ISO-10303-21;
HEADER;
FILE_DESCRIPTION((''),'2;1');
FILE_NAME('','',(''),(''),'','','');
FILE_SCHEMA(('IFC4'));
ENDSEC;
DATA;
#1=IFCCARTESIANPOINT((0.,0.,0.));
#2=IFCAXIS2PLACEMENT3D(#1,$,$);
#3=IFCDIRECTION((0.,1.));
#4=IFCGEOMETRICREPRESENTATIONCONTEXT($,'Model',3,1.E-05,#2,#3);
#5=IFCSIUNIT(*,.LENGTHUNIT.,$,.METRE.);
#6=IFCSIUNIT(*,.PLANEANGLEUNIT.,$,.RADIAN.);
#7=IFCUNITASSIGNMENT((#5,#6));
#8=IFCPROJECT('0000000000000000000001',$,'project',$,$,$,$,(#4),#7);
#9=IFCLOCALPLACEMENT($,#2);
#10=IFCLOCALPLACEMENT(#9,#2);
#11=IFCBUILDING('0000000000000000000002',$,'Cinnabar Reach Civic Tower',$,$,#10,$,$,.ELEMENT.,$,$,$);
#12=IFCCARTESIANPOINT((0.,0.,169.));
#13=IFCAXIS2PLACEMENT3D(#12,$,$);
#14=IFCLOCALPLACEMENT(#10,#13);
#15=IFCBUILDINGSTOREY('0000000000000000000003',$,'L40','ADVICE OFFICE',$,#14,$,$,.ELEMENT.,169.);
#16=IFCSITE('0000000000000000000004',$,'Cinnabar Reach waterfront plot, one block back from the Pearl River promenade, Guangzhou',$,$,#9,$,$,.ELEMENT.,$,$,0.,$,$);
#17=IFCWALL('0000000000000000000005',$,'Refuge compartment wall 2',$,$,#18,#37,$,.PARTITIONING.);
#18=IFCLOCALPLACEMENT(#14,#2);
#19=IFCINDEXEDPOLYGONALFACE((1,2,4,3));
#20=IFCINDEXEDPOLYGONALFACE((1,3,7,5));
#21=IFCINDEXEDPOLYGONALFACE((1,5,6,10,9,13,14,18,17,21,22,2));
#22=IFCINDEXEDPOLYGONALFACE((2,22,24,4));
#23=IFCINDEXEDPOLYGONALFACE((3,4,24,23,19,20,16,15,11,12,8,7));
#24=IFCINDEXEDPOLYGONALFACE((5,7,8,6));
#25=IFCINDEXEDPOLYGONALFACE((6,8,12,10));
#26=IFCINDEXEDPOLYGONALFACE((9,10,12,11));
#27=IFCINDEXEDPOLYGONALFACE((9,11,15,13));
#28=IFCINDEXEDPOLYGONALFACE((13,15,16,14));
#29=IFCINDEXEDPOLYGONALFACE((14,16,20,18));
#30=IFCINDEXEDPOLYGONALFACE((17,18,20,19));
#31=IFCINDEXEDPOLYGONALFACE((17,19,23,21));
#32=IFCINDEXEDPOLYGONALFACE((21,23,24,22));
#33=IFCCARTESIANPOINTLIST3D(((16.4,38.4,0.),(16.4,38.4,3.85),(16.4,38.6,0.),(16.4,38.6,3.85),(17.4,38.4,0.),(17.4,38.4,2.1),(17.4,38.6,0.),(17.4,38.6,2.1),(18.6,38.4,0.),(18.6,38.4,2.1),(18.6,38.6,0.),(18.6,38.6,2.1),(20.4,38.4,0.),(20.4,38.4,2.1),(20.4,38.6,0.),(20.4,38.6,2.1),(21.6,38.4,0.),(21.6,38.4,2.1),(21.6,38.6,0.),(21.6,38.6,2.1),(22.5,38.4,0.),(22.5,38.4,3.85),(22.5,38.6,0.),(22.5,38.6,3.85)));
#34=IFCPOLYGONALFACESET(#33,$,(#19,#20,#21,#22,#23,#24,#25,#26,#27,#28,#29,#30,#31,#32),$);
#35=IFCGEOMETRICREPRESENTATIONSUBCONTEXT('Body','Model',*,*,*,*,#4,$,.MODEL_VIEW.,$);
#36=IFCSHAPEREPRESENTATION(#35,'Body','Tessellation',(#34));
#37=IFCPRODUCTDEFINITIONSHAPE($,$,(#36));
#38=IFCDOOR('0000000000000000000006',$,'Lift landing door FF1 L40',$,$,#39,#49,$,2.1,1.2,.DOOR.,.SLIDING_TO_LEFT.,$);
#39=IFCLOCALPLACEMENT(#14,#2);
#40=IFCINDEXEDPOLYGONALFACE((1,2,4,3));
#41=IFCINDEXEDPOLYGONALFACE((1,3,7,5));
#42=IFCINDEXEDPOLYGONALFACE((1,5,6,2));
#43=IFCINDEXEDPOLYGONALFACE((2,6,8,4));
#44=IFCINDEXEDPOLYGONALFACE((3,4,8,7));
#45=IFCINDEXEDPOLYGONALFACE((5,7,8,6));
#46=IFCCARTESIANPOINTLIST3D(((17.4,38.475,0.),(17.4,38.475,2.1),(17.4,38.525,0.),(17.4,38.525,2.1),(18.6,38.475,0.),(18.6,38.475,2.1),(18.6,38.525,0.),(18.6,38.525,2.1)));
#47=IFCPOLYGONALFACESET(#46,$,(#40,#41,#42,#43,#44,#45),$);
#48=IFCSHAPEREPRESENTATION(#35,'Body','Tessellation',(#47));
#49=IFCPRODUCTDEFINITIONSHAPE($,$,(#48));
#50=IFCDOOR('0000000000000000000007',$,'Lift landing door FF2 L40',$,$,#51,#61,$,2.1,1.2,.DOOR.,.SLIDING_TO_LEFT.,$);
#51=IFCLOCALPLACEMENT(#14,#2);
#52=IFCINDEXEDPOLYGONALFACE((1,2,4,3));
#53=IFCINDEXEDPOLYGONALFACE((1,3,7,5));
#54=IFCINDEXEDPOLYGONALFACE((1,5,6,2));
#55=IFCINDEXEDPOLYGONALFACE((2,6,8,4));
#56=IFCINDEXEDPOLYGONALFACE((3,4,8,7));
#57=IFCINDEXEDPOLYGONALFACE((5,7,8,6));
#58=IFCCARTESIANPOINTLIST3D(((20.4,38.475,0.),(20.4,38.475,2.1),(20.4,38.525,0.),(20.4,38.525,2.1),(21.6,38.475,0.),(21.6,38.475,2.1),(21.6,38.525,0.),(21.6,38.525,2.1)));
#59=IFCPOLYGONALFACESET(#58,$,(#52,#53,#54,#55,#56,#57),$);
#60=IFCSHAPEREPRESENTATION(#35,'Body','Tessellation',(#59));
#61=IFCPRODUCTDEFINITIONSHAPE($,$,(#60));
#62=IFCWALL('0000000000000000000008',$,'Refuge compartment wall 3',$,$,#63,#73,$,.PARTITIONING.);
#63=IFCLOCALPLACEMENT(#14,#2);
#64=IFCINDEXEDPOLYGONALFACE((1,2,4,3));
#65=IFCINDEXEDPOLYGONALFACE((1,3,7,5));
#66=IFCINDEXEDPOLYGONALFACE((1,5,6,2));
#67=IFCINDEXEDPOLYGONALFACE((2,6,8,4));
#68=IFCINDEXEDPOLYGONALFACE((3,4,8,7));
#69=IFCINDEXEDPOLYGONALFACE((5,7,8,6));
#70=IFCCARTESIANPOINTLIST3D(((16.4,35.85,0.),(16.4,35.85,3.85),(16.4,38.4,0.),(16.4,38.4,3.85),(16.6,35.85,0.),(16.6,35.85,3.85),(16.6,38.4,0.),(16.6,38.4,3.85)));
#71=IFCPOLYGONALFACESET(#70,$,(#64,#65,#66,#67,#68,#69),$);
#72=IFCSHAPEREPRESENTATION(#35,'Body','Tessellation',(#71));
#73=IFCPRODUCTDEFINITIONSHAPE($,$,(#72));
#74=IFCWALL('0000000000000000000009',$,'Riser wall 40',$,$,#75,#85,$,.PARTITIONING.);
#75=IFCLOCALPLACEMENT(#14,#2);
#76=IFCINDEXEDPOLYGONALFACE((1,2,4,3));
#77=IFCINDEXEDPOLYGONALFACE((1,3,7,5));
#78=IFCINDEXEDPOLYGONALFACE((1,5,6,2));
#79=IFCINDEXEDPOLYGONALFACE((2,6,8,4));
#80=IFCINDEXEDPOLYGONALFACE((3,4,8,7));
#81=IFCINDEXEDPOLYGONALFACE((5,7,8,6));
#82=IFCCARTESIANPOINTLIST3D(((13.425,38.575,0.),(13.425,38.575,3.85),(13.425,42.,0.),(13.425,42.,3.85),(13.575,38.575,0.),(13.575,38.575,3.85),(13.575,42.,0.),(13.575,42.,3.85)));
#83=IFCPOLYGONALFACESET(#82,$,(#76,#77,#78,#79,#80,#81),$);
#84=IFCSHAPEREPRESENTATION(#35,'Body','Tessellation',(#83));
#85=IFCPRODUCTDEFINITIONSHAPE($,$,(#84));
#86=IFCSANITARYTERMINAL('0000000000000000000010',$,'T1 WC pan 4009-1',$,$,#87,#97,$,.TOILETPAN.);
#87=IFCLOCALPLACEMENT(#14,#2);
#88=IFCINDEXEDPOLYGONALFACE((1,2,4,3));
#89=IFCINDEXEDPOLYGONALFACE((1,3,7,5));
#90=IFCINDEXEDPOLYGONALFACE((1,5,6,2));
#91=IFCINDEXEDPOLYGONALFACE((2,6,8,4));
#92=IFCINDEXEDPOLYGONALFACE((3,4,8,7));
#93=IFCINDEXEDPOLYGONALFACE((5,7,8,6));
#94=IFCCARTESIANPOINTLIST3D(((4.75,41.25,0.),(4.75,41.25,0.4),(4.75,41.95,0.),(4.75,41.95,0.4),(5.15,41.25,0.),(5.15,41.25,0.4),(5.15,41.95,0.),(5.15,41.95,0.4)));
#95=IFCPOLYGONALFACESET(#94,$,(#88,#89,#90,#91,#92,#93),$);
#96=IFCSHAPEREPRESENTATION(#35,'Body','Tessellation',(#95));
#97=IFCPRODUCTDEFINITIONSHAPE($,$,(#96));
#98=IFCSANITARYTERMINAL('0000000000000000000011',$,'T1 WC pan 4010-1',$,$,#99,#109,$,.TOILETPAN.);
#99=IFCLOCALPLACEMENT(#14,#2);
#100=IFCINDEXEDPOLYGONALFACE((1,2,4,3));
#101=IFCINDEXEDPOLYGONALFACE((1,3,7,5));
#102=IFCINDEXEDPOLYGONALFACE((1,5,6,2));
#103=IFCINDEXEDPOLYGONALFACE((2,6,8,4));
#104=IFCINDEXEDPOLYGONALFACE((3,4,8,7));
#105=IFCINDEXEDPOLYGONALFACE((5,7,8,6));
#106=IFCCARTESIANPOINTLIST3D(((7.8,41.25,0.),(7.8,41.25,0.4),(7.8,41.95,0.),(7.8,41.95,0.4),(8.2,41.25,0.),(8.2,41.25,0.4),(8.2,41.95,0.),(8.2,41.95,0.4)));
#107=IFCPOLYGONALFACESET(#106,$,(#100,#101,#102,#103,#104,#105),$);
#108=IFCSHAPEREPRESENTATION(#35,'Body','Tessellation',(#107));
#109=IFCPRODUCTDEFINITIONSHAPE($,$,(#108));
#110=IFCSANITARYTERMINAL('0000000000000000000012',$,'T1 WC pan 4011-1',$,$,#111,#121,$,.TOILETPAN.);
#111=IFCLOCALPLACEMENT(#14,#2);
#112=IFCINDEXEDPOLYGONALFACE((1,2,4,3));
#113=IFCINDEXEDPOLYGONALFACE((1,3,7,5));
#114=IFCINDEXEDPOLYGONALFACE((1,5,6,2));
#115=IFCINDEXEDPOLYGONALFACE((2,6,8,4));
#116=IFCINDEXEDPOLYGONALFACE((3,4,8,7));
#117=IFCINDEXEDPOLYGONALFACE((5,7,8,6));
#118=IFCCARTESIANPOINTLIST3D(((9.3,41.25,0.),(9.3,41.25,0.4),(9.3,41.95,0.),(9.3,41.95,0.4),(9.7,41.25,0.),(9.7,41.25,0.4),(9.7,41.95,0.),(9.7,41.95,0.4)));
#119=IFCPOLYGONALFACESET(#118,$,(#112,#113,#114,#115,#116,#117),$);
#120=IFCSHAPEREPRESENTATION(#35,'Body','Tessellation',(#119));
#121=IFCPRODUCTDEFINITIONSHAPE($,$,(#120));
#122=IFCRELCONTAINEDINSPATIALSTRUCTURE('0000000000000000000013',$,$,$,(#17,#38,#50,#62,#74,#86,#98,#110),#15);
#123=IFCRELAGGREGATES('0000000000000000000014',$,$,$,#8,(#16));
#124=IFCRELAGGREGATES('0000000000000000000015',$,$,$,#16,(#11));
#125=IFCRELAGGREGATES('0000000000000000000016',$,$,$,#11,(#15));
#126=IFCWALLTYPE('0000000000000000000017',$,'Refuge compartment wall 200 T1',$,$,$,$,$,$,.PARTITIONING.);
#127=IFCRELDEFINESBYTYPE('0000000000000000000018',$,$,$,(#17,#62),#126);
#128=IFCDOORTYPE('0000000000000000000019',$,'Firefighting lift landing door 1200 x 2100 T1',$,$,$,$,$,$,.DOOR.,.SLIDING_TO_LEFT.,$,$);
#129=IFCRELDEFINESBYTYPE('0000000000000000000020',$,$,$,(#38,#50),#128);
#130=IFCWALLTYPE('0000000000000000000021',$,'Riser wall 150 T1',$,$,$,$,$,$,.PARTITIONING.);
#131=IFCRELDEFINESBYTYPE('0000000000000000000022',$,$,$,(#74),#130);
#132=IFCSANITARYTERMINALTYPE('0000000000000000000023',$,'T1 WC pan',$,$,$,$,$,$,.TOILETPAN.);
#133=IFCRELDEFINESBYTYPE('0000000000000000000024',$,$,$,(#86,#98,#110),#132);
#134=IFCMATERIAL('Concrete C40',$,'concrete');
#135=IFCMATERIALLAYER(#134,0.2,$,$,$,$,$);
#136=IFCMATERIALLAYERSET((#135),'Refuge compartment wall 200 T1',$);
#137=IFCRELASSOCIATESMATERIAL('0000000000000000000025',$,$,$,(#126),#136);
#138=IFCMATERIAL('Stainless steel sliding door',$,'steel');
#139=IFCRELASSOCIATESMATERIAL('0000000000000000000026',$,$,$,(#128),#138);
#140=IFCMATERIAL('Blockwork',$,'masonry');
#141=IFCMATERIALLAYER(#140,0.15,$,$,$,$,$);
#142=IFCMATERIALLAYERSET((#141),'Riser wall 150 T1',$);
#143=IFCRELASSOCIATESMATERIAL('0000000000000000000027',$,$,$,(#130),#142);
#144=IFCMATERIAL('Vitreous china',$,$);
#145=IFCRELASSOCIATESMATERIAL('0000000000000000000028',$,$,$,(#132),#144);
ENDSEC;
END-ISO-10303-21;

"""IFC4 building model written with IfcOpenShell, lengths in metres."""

from ifc_helpers import new_model, si_unit, direction, frame, frame_2d, origin, origin_2d, place, context, subcontext, project, spatial, rectangle, extrude, material, layer, layer_set, type_object, element, fill, save


model = new_model("IFC4")

# Units and contexts
model_context = context("Model", 3, precision=1e-05, world=origin(), true_north=direction((0.0, 1.0)))
body_context = subcontext(model_context, "Body", "Model", "MODEL_VIEW")
ifc_project = project(units=[si_unit("LENGTHUNIT", "METRE"), si_unit("PLANEANGLEUNIT", "RADIAN")], contexts=[model_context])

# Site, building, storey
site_placement = place(None, origin())
site = spatial("IfcSite", under=ifc_project, at=site_placement, Name="Cinnabar Reach waterfront plot, one block back from the Pearl River promenade, Guangzhou", CompositionType="ELEMENT", RefElevation=0.0)
building_placement = place(site_placement, origin())
building = spatial("IfcBuilding", under=site, at=building_placement, Name="Cinnabar Reach Civic Tower", CompositionType="ELEMENT")
storey_placement = place(building_placement, frame((0.0, 0.0, 169.0)))
storey = spatial("IfcBuildingStorey", under=building, at=storey_placement, Name="L40", Description="ADVICE OFFICE", CompositionType="ELEMENT", Elevation=169.0)

# Shared definitions
ifc_material_1 = material(Name="Blockwork", Category="masonry")
ifc_material_2 = material(Name="Stainless steel sliding door", Category="steel")

# Shared definitions
ifc_material_3 = material(Name="Concrete C40", Category="concrete")
ifc_layer_1 = layer(ifc_material_3, 0.2)
ifc_layer_set_1 = layer_set([ifc_layer_1], Name="Refuge compartment wall 200 T1")
wall_type_1 = type_object("IfcWallType", Name="Refuge compartment wall 200 T1", PredefinedType="PARTITIONING", material=ifc_layer_set_1)

# Wall, openings, doors
wall_1_placement = place(storey_placement, frame((16.4, 38.5, 0.0), z_axis=(0.0, 0.0, 1.0), x_axis=(1.0, 0.0, 0.0)))
wall_1 = element("IfcWall", 1, at=wall_1_placement, inside=storey, type_object=wall_type_1, Name="Refuge compartment wall 2", PredefinedType="PARTITIONING", context=body_context, shape_type="SweptSolid", body=[
    extrude(rectangle(XDim=6.1, YDim=0.2, at=frame_2d((3.05, 0.0))), origin(), (0.0, 0.0, 1.0), 3.85),
])
opening_1_placement = place(wall_1_placement, frame((1.0, 0.0, 0.0)))
opening_1 = element("IfcOpeningElement", 2, at=opening_1_placement, cuts=wall_1, PredefinedType="OPENING", context=body_context, shape_type="SweptSolid", body=[
    extrude(rectangle(XDim=1.2, YDim=2.1, at=frame_2d((0.6, 1.05))), frame((0.0, 0.11, 0.0), z_axis=(0.0, -1.0, 0.0), x_axis=(1.0, 0.0, 0.0)), (0.0, 0.0, 1.0), 0.22),
])
opening_2_placement = place(wall_1_placement, frame((4.0, 0.0, 0.0)))
opening_2 = element("IfcOpeningElement", 3, at=opening_2_placement, cuts=wall_1, PredefinedType="OPENING", context=body_context, shape_type="SweptSolid", body=[
    extrude(rectangle(XDim=1.2, YDim=2.1, at=frame_2d((0.6, 1.05))), frame((0.0, 0.11, 0.0), z_axis=(0.0, -1.0, 0.0), x_axis=(1.0, 0.0, 0.0)), (0.0, 0.0, 1.0), 0.22),
])
door_type_1 = type_object("IfcDoorType", Name="Firefighting lift landing door 1200 x 2100 T1", OperationType="SLIDING_TO_LEFT", PredefinedType="DOOR", material=ifc_material_2)
door_1_placement = place(opening_1_placement, origin())
door_1 = element("IfcDoor", 4, at=door_1_placement, inside=storey, type_object=door_type_1, Name="Lift landing door FF1 L40", OperationType="SLIDING_TO_LEFT", OverallHeight=2.1, OverallWidth=1.2, PredefinedType="DOOR", context=body_context, shape_type="SweptSolid", body=[
    extrude(rectangle(XDim=1.2, YDim=2.1, at=frame_2d((0.6, 1.05))), frame((0.0, 0.025, 0.0), z_axis=(0.0, -1.0, 0.0), x_axis=(1.0, 0.0, 0.0)), (0.0, 0.0, 1.0), 0.05),
])
fill(opening_1, door_1)
door_2_placement = place(opening_2_placement, origin())
door_2 = element("IfcDoor", 5, at=door_2_placement, inside=storey, type_object=door_type_1, Name="Lift landing door FF2 L40", OperationType="SLIDING_TO_LEFT", OverallHeight=2.1, OverallWidth=1.2, PredefinedType="DOOR", context=body_context, shape_type="SweptSolid", body=[
    extrude(rectangle(XDim=1.2, YDim=2.1, at=frame_2d((0.6, 1.05))), frame((0.0, 0.025, 0.0), z_axis=(0.0, -1.0, 0.0), x_axis=(1.0, 0.0, 0.0)), (0.0, 0.0, 1.0), 0.05),
])
fill(opening_2, door_2)

# Walls
wall_2_placement = place(storey_placement, frame((16.5, 35.85, 0.0), z_axis=(0.0, 0.0, 1.0), x_axis=(0.0, 1.0, 0.0)))
element("IfcWall", 6, at=wall_2_placement, inside=storey, type_object=wall_type_1, Name="Refuge compartment wall 3", PredefinedType="PARTITIONING", context=body_context, shape_type="SweptSolid", body=[
    extrude(rectangle(XDim=2.55, YDim=0.2, at=frame_2d((1.275, 0.0))), origin(), (0.0, 0.0, 1.0), 3.85),
])
ifc_layer_2 = layer(ifc_material_1, 0.15)
ifc_layer_set_2 = layer_set([ifc_layer_2], Name="Riser wall 150 T1")
wall_type_2 = type_object("IfcWallType", Name="Riser wall 150 T1", PredefinedType="PARTITIONING", material=ifc_layer_set_2)
wall_3_placement = place(storey_placement, frame((13.5, 38.575, 0.0), z_axis=(0.0, 0.0, 1.0), x_axis=(0.0, 1.0, 0.0)))
element("IfcWall", 7, at=wall_3_placement, inside=storey, type_object=wall_type_2, Name="Riser wall 40", PredefinedType="PARTITIONING", context=body_context, shape_type="SweptSolid", body=[
    extrude(rectangle(XDim=3.425, YDim=0.15, at=frame_2d((1.7125, 0.0))), origin(), (0.0, 0.0, 1.0), 3.85),
])

# Sanitary terminals
ifc_material_4 = material(Name="Vitreous china")
sanitary_terminal_type = type_object("IfcSanitaryTerminalType", Name="T1 WC pan", PredefinedType="TOILETPAN", material=ifc_material_4)
for number, where, z_axis, x_axis, name in (
    (8, (4.95, 41.6, 0.0), (0.0, 0.0, 1.0), (1.0, 0.0, 0.0), "T1 WC pan 4009-1"),
    (9, (8.0, 41.6, 0.0), (0.0, 0.0, 1.0), (1.0, 0.0, 0.0), "T1 WC pan 4010-1"),
    (10, (9.5, 41.6, 0.0), (0.0, 0.0, 1.0), (1.0, 0.0, 0.0), "T1 WC pan 4011-1"),
):
    element("IfcSanitaryTerminal", number, at=place(storey_placement, frame(where, z_axis=z_axis, x_axis=x_axis)), inside=storey, type_object=sanitary_terminal_type, Name=name, PredefinedType="TOILETPAN", context=body_context, shape_type="SweptSolid", body=[
        extrude(rectangle(XDim=0.4, YDim=0.7, at=origin_2d()), origin(), (0.0, 0.0, 1.0), 0.4),
    ])

save(model, "model.ifc")
